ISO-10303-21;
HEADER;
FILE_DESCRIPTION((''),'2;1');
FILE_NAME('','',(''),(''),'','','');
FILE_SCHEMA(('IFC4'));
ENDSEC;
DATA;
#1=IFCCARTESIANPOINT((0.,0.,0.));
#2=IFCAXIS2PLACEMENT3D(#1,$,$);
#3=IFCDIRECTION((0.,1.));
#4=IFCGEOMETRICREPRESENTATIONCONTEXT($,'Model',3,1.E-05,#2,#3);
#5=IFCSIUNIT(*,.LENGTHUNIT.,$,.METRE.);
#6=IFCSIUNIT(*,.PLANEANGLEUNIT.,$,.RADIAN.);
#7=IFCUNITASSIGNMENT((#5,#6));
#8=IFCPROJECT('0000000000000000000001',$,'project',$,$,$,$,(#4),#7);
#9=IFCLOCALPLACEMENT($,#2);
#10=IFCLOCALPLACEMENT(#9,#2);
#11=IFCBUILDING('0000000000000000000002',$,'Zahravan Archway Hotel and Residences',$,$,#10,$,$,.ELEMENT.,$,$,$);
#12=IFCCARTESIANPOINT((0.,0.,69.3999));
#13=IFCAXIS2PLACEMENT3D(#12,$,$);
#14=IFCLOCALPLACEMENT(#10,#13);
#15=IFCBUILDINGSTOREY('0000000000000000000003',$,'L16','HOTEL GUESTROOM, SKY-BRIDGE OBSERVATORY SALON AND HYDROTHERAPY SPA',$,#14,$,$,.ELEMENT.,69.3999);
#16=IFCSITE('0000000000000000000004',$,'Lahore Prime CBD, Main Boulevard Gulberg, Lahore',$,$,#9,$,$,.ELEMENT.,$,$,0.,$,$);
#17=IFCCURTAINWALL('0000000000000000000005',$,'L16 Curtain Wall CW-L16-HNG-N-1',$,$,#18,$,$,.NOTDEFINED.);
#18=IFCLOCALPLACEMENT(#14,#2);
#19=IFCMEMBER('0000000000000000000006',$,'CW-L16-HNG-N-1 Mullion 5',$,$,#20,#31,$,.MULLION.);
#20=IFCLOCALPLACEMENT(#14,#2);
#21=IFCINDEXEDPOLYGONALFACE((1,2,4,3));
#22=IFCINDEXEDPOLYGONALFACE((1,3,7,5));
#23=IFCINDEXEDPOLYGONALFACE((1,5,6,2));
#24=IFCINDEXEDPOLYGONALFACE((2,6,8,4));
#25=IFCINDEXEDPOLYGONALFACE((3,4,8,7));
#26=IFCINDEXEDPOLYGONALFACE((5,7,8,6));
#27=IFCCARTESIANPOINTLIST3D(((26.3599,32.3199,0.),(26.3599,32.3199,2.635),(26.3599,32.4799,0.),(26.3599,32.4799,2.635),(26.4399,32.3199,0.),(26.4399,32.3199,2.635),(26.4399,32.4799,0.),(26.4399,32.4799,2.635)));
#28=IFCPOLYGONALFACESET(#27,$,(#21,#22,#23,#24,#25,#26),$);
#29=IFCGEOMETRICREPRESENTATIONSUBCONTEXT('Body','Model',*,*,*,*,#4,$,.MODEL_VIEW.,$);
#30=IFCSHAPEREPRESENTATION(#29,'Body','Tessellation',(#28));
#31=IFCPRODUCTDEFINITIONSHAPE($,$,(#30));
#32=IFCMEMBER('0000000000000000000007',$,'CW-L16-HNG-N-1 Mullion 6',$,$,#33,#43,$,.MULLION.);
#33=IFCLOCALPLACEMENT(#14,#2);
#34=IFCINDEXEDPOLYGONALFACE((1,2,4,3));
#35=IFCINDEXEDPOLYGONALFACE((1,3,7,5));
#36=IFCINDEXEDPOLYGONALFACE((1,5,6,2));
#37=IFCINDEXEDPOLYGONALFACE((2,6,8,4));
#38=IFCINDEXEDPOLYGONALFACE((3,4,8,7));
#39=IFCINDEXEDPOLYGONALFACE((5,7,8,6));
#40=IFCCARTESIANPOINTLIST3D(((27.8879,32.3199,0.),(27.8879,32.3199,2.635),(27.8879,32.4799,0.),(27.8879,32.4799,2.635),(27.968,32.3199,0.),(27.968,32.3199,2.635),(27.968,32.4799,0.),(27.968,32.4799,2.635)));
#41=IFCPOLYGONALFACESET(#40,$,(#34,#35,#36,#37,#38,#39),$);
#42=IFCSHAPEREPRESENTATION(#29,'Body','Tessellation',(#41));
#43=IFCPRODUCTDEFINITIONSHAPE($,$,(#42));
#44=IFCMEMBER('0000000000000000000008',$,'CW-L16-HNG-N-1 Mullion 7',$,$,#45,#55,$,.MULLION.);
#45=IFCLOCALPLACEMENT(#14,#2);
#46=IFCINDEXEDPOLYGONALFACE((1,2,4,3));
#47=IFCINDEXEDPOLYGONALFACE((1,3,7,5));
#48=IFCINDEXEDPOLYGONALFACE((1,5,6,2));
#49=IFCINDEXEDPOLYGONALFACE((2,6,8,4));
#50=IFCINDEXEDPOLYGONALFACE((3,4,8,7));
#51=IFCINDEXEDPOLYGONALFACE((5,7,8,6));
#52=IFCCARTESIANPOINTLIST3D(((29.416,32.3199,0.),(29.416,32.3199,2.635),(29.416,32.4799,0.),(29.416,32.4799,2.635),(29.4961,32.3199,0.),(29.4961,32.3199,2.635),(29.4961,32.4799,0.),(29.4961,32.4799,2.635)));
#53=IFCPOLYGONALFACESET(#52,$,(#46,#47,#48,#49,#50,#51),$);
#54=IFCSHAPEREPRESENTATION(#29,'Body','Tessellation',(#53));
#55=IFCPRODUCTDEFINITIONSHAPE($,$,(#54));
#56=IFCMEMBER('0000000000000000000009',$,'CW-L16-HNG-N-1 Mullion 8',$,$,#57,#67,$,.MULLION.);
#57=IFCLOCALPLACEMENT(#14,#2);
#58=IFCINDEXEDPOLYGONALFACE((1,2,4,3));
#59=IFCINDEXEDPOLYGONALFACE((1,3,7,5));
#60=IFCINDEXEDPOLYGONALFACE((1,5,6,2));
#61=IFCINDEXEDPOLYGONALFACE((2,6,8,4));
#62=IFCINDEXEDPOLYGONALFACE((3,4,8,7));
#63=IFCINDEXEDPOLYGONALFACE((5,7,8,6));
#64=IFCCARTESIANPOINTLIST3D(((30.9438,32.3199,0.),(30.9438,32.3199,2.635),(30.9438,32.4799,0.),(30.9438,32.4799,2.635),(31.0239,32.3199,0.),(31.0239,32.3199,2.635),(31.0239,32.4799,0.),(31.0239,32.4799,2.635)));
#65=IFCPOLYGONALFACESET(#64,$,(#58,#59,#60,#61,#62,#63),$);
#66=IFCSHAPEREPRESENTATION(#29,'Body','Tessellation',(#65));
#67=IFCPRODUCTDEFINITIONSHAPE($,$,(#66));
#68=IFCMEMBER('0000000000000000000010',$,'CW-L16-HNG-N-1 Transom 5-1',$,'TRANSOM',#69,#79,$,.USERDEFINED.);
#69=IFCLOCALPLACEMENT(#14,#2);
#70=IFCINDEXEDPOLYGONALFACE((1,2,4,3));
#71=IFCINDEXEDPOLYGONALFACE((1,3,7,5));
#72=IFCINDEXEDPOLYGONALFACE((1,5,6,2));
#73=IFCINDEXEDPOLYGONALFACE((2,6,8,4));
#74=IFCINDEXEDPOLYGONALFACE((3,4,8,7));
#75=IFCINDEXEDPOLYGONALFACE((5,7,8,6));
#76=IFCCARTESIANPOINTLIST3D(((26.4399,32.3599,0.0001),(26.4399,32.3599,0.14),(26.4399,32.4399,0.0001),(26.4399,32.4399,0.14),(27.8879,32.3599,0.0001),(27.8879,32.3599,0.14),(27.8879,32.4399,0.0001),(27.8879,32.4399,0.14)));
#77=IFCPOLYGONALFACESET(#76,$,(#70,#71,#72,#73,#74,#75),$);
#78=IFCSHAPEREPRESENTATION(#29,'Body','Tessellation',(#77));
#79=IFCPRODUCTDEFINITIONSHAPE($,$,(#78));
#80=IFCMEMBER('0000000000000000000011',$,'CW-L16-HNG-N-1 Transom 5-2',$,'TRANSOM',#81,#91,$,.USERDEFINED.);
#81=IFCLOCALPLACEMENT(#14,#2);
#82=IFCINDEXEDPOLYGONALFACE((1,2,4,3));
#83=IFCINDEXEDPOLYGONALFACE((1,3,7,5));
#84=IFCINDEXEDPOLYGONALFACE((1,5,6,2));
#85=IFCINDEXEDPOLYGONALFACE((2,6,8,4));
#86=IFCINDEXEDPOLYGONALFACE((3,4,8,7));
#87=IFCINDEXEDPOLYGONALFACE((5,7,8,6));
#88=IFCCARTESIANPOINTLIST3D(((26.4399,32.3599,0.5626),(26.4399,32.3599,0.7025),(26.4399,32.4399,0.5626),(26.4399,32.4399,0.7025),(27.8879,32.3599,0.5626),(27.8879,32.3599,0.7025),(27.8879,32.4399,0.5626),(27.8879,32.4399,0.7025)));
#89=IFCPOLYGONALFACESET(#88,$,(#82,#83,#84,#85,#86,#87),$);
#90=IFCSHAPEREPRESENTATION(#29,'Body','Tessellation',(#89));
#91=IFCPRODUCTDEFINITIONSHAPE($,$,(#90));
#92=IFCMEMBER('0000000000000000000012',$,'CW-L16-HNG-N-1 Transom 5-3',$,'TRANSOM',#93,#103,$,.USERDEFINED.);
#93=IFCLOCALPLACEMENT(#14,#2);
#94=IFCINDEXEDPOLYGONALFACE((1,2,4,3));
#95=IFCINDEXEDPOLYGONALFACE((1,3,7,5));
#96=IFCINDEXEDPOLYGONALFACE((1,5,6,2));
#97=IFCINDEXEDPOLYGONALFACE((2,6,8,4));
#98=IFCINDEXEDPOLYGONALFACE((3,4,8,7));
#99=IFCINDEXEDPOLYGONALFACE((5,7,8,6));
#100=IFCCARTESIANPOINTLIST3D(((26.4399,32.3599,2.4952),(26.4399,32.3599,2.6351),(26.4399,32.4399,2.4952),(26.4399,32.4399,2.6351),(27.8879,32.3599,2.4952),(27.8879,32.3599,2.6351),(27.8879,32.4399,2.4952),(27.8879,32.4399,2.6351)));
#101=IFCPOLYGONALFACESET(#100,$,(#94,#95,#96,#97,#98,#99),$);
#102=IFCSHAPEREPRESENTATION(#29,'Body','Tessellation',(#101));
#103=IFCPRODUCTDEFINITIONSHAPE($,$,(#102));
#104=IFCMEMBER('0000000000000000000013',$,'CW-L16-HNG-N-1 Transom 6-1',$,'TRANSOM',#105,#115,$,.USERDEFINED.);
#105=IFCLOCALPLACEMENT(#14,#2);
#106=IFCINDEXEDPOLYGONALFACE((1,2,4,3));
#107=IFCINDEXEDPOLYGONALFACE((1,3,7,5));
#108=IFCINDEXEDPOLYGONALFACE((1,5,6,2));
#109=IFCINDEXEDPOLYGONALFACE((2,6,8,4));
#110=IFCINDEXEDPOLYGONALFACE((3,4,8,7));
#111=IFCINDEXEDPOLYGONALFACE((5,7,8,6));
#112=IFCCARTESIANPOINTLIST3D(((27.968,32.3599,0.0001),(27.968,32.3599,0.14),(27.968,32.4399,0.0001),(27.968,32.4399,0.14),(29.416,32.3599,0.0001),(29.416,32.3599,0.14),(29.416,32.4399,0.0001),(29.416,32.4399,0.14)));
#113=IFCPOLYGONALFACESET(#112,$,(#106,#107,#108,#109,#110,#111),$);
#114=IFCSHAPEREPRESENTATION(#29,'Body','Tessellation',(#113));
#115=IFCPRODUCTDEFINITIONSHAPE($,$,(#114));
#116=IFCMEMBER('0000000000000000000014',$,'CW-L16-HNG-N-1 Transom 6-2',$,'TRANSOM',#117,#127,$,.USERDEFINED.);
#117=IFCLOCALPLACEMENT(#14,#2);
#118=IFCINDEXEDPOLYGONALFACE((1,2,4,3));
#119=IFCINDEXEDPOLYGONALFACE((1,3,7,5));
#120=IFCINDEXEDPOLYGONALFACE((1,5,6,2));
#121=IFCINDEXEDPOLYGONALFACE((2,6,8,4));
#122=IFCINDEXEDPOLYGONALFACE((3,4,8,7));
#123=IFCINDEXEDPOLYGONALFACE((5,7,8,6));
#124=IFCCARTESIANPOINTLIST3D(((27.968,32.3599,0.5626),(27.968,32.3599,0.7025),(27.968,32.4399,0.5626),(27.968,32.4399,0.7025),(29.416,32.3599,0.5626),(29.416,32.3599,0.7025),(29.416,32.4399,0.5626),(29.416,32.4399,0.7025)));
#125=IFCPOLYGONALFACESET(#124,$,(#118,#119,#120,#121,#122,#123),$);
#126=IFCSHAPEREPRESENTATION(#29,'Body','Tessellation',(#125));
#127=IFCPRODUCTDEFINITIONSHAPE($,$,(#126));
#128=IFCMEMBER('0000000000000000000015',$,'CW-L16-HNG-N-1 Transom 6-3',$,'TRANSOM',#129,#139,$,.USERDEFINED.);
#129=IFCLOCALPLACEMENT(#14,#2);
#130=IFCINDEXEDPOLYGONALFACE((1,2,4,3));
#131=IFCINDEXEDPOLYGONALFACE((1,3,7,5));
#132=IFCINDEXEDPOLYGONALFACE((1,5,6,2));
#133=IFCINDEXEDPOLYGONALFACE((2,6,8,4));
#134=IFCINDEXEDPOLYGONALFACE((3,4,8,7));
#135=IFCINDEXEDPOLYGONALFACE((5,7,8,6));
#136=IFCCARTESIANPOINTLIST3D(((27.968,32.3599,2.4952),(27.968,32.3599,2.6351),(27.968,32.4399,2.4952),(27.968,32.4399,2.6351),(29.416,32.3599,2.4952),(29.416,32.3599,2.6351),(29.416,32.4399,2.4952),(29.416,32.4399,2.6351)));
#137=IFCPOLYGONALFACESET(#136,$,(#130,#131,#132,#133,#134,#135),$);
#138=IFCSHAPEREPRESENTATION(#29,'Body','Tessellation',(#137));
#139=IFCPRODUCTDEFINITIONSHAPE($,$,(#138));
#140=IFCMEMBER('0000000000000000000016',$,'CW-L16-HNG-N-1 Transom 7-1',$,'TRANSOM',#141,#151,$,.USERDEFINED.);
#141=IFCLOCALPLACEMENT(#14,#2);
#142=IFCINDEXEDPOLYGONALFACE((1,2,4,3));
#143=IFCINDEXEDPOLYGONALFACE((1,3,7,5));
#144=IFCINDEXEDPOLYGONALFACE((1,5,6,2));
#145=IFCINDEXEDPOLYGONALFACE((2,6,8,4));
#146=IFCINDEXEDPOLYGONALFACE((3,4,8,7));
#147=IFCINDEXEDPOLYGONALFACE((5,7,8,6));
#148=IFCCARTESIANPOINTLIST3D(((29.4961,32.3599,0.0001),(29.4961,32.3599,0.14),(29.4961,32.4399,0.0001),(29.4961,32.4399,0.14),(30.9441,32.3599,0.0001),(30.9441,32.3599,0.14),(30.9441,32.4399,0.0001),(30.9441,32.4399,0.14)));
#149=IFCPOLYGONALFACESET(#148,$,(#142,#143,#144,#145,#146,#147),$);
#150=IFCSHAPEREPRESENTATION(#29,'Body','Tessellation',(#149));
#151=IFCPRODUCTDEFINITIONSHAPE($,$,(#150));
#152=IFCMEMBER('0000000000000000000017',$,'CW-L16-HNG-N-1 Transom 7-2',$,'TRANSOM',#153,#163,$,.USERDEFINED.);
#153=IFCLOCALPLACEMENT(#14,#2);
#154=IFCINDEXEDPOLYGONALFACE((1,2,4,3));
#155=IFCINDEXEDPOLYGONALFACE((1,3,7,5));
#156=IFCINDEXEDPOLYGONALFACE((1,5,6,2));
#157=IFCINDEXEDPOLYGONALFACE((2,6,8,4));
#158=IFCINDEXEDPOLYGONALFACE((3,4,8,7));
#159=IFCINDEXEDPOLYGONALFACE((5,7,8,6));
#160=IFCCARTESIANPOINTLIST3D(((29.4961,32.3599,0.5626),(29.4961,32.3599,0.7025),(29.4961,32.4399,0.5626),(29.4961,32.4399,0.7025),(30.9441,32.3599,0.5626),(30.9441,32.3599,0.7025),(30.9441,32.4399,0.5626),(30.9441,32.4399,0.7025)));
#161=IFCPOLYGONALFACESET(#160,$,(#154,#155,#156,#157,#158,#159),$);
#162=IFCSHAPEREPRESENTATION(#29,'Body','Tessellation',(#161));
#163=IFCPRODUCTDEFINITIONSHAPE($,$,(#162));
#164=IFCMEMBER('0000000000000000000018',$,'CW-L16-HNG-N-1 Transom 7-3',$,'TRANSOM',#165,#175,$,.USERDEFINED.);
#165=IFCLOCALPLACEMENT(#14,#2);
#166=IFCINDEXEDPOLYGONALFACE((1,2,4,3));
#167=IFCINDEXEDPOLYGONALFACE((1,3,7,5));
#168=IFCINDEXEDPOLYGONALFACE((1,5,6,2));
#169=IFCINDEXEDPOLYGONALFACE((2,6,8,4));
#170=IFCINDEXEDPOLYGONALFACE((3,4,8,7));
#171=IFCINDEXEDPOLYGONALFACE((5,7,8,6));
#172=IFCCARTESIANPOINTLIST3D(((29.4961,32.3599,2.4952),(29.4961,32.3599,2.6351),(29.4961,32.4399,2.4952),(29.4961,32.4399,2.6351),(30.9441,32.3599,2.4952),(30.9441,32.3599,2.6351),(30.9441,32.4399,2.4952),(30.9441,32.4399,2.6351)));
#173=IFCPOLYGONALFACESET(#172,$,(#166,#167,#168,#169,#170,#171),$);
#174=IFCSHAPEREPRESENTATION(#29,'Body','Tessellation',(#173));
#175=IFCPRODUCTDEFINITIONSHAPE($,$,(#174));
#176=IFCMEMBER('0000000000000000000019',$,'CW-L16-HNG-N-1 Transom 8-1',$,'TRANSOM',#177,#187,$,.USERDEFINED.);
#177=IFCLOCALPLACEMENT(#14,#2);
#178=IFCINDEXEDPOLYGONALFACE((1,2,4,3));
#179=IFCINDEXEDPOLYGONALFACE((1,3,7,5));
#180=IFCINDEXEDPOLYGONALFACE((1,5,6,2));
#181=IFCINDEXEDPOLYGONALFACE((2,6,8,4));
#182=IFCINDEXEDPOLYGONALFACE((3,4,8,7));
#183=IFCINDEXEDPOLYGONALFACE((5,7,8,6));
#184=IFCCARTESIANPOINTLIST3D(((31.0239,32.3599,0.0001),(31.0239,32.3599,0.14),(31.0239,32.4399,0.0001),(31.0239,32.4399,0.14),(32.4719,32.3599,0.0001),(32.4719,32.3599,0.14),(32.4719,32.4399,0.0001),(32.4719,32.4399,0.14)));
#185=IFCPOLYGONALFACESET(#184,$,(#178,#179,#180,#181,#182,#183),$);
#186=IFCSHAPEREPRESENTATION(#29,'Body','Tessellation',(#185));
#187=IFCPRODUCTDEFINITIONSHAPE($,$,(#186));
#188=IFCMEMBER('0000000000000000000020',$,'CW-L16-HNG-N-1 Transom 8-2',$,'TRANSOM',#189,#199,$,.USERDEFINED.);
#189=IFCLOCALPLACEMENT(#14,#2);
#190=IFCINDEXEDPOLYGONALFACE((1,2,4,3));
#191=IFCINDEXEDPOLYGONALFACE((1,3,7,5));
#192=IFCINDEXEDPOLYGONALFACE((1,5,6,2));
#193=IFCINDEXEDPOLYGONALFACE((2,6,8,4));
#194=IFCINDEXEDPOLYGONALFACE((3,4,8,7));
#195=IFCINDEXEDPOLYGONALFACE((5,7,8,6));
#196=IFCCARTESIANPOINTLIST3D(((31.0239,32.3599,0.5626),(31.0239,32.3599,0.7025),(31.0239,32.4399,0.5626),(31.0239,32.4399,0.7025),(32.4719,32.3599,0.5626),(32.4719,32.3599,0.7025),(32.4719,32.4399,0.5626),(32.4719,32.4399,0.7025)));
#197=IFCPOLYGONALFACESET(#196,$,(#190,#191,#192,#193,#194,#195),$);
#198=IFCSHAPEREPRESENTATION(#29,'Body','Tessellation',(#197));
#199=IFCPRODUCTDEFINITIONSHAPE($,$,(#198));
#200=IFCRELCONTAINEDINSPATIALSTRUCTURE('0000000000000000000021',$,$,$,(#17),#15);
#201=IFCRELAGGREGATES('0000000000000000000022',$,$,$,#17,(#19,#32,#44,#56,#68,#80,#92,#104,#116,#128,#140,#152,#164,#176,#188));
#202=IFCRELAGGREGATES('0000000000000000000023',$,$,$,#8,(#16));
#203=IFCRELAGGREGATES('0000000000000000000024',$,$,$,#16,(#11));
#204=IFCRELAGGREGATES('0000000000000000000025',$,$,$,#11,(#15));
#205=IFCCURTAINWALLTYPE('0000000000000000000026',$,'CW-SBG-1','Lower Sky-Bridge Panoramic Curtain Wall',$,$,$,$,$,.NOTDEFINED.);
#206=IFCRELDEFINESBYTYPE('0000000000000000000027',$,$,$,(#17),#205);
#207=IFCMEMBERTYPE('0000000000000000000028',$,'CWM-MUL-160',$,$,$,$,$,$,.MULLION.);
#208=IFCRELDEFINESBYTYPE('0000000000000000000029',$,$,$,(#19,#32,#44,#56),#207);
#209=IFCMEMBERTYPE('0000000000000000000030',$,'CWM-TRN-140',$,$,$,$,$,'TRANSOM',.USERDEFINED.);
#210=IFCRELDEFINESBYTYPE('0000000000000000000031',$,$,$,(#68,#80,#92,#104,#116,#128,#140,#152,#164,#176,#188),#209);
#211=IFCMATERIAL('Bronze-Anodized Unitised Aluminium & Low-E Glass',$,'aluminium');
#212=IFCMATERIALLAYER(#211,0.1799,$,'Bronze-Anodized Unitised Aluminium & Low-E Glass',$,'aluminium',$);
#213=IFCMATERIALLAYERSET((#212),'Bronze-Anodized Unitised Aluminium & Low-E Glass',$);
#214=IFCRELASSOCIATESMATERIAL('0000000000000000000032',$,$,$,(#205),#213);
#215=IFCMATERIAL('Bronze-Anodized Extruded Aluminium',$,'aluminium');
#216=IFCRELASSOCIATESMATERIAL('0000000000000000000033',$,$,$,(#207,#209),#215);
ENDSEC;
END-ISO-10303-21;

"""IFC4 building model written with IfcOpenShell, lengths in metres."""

from ifc_helpers import new_model, si_unit, direction, frame, origin, origin_2d, place, context, subcontext, project, spatial, rectangle, extrude, source, transform, mapped, material, layer, layer_set, material_profile, profile_set, type_object, element, aggregate, save


model = new_model("IFC4")

# Units and contexts
model_context = context("Model", 3, precision=1e-05, world=origin(), true_north=direction((0.0, 1.0)))
body_context = subcontext(model_context, "Body", "Model", "MODEL_VIEW")
ifc_project = project(units=[si_unit("LENGTHUNIT", "METRE"), si_unit("PLANEANGLEUNIT", "RADIAN")], contexts=[model_context])

# Site, building, storey
site_placement = place(None, origin())
site = spatial("IfcSite", under=ifc_project, at=site_placement, Name="Lahore Prime CBD, Main Boulevard Gulberg, Lahore", CompositionType="ELEMENT", RefElevation=0.0)
building_placement = place(site_placement, origin())
building = spatial("IfcBuilding", under=site, at=building_placement, Name="Zahravan Archway Hotel and Residences", CompositionType="ELEMENT")
storey_placement = place(building_placement, frame((0.0, 0.0, 69.3999)))
storey = spatial("IfcBuildingStorey", under=building, at=storey_placement, Name="L16", Description="HOTEL GUESTROOM, SKY-BRIDGE OBSERVATORY SALON AND HYDROTHERAPY SPA", CompositionType="ELEMENT", Elevation=69.3999)

# Curtain wall, members
ifc_material_1 = material(Name="Bronze-Anodized Unitised Aluminium & Low-E Glass", Category="aluminium")
ifc_layer_1 = layer(ifc_material_1, 0.1799, Name="Bronze-Anodized Unitised Aluminium & Low-E Glass", Category="aluminium")
ifc_layer_set_1 = layer_set([ifc_layer_1], Name="Bronze-Anodized Unitised Aluminium & Low-E Glass")
curtain_wall_type = type_object("IfcCurtainWallType", Name="CW-SBG-1", Description="Lower Sky-Bridge Panoramic Curtain Wall", PredefinedType="NOTDEFINED", material=ifc_layer_set_1)
curtain_wall_placement = place(storey_placement, origin())
curtain_wall = element("IfcCurtainWall", 1, at=curtain_wall_placement, inside=storey, type_object=curtain_wall_type, Name="L16 Curtain Wall CW-L16-HNG-N-1", PredefinedType="NOTDEFINED")
ifc_material_2 = material(Name="Bronze-Anodized Extruded Aluminium", Category="aluminium")
ifc_material_profile_1 = material_profile(ifc_material_2, rectangle(XDim=0.0801, YDim=0.1599, at=origin_2d()), Name="MUL 80x160", Category="aluminium")
ifc_profile_set_1 = profile_set([ifc_material_profile_1], Name="Bronze-Anodized Extruded Aluminium")
member_type_1 = type_object("IfcMemberType", Name="CWM-MUL-160", PredefinedType="MULLION", material=ifc_profile_set_1)
shared_shape_1 = source(origin(), body_context, "Body", "SweptSolid", [
    extrude(rectangle(XDim=0.0801, YDim=0.1599, at=origin_2d()), origin(), (0.0, 0.0, 1.0), 2.635),
])
member_1_placement = place(storey_placement, frame((26.3999, 32.3999, 0.0), z_axis=(0.0, 0.0, 1.0), x_axis=(1.0, 0.0, 0.0)))
member_1 = element("IfcMember", 2, at=member_1_placement, type_object=member_type_1, Name="CW-L16-HNG-N-1 Mullion 5", PredefinedType="MULLION", context=body_context, shape_type="MappedRepresentation", body=[
    mapped(shared_shape_1, transform((0.0, 0.0, 0.0), scale=1.0)),
])
member_2_placement = place(storey_placement, frame((27.928, 32.3999, 0.0), z_axis=(0.0, 0.0, 1.0), x_axis=(1.0, 0.0, 0.0)))
member_2 = element("IfcMember", 3, at=member_2_placement, type_object=member_type_1, Name="CW-L16-HNG-N-1 Mullion 6", PredefinedType="MULLION", context=body_context, shape_type="MappedRepresentation", body=[
    mapped(shared_shape_1, transform((0.0, 0.0, 0.0), scale=1.0)),
])
member_3_placement = place(storey_placement, frame((29.4561, 32.3999, 0.0), z_axis=(0.0, 0.0, 1.0), x_axis=(1.0, 0.0, 0.0)))
member_3 = element("IfcMember", 4, at=member_3_placement, type_object=member_type_1, Name="CW-L16-HNG-N-1 Mullion 7", PredefinedType="MULLION", context=body_context, shape_type="MappedRepresentation", body=[
    mapped(shared_shape_1, transform((0.0, 0.0, 0.0), scale=1.0)),
])
member_4_placement = place(storey_placement, frame((30.9839, 32.3999, 0.0), z_axis=(0.0, 0.0, 1.0), x_axis=(1.0, 0.0, 0.0)))
member_4 = element("IfcMember", 5, at=member_4_placement, type_object=member_type_1, Name="CW-L16-HNG-N-1 Mullion 8", PredefinedType="MULLION", context=body_context, shape_type="MappedRepresentation", body=[
    mapped(shared_shape_1, transform((0.0, 0.0, 0.0), scale=1.0)),
])
ifc_material_profile_2 = material_profile(ifc_material_2, rectangle(XDim=0.0801, YDim=0.1399, at=origin_2d()), Name="TRN 80x140", Category="aluminium")
ifc_profile_set_2 = profile_set([ifc_material_profile_2], Name="Bronze-Anodized Extruded Aluminium")
member_type_2 = type_object("IfcMemberType", Name="CWM-TRN-140", ElementType="TRANSOM", PredefinedType="USERDEFINED", material=ifc_profile_set_2)
shared_shape_2 = source(origin(), body_context, "Body", "SweptSolid", [
    extrude(rectangle(XDim=0.0801, YDim=0.1399, at=origin_2d()), origin(), (0.0, 0.0, 1.0), 1.448),
])
member_5_placement = place(storey_placement, frame((26.4399, 32.3999, 0.0701), z_axis=(1.0, 0.0, 0.0), x_axis=(0.0, 1.0, 0.0)))
member_5 = element("IfcMember", 6, at=member_5_placement, type_object=member_type_2, Name="CW-L16-HNG-N-1 Transom 5-1", ObjectType="TRANSOM", PredefinedType="USERDEFINED", context=body_context, shape_type="MappedRepresentation", body=[
    mapped(shared_shape_2, transform((0.0, 0.0, 0.0), scale=1.0)),
])
member_6_placement = place(storey_placement, frame((26.4399, 32.3999, 0.6326), z_axis=(1.0, 0.0, 0.0), x_axis=(0.0, 1.0, 0.0)))
member_6 = element("IfcMember", 7, at=member_6_placement, type_object=member_type_2, Name="CW-L16-HNG-N-1 Transom 5-2", ObjectType="TRANSOM", PredefinedType="USERDEFINED", context=body_context, shape_type="MappedRepresentation", body=[
    mapped(shared_shape_2, transform((0.0, 0.0, 0.0), scale=1.0)),
])
member_7_placement = place(storey_placement, frame((26.4399, 32.3999, 2.5652), z_axis=(1.0, 0.0, 0.0), x_axis=(0.0, 1.0, 0.0)))
member_7 = element("IfcMember", 8, at=member_7_placement, type_object=member_type_2, Name="CW-L16-HNG-N-1 Transom 5-3", ObjectType="TRANSOM", PredefinedType="USERDEFINED", context=body_context, shape_type="MappedRepresentation", body=[
    mapped(shared_shape_2, transform((0.0, 0.0, 0.0), scale=1.0)),
])
member_8_placement = place(storey_placement, frame((27.968, 32.3999, 0.0701), z_axis=(1.0, 0.0, 0.0), x_axis=(0.0, 1.0, 0.0)))
member_8 = element("IfcMember", 9, at=member_8_placement, type_object=member_type_2, Name="CW-L16-HNG-N-1 Transom 6-1", ObjectType="TRANSOM", PredefinedType="USERDEFINED", context=body_context, shape_type="MappedRepresentation", body=[
    mapped(shared_shape_2, transform((0.0, 0.0, 0.0), scale=1.0)),
])
member_9_placement = place(storey_placement, frame((27.968, 32.3999, 0.6326), z_axis=(1.0, 0.0, 0.0), x_axis=(0.0, 1.0, 0.0)))
member_9 = element("IfcMember", 10, at=member_9_placement, type_object=member_type_2, Name="CW-L16-HNG-N-1 Transom 6-2", ObjectType="TRANSOM", PredefinedType="USERDEFINED", context=body_context, shape_type="MappedRepresentation", body=[
    mapped(shared_shape_2, transform((0.0, 0.0, 0.0), scale=1.0)),
])
member_10_placement = place(storey_placement, frame((27.968, 32.3999, 2.5652), z_axis=(1.0, 0.0, 0.0), x_axis=(0.0, 1.0, 0.0)))
member_10 = element("IfcMember", 11, at=member_10_placement, type_object=member_type_2, Name="CW-L16-HNG-N-1 Transom 6-3", ObjectType="TRANSOM", PredefinedType="USERDEFINED", context=body_context, shape_type="MappedRepresentation", body=[
    mapped(shared_shape_2, transform((0.0, 0.0, 0.0), scale=1.0)),
])
member_11_placement = place(storey_placement, frame((29.4961, 32.3999, 0.0701), z_axis=(1.0, 0.0, 0.0), x_axis=(0.0, 1.0, 0.0)))
member_11 = element("IfcMember", 12, at=member_11_placement, type_object=member_type_2, Name="CW-L16-HNG-N-1 Transom 7-1", ObjectType="TRANSOM", PredefinedType="USERDEFINED", context=body_context, shape_type="MappedRepresentation", body=[
    mapped(shared_shape_2, transform((0.0, 0.0, 0.0), scale=1.0)),
])
member_12_placement = place(storey_placement, frame((29.4961, 32.3999, 0.6326), z_axis=(1.0, 0.0, 0.0), x_axis=(0.0, 1.0, 0.0)))
member_12 = element("IfcMember", 13, at=member_12_placement, type_object=member_type_2, Name="CW-L16-HNG-N-1 Transom 7-2", ObjectType="TRANSOM", PredefinedType="USERDEFINED", context=body_context, shape_type="MappedRepresentation", body=[
    mapped(shared_shape_2, transform((0.0, 0.0, 0.0), scale=1.0)),
])
member_13_placement = place(storey_placement, frame((29.4961, 32.3999, 2.5652), z_axis=(1.0, 0.0, 0.0), x_axis=(0.0, 1.0, 0.0)))
member_13 = element("IfcMember", 14, at=member_13_placement, type_object=member_type_2, Name="CW-L16-HNG-N-1 Transom 7-3", ObjectType="TRANSOM", PredefinedType="USERDEFINED", context=body_context, shape_type="MappedRepresentation", body=[
    mapped(shared_shape_2, transform((0.0, 0.0, 0.0), scale=1.0)),
])
member_14_placement = place(storey_placement, frame((31.0239, 32.3999, 0.0701), z_axis=(1.0, 0.0, 0.0), x_axis=(0.0, 1.0, 0.0)))
member_14 = element("IfcMember", 15, at=member_14_placement, type_object=member_type_2, Name="CW-L16-HNG-N-1 Transom 8-1", ObjectType="TRANSOM", PredefinedType="USERDEFINED", context=body_context, shape_type="MappedRepresentation", body=[
    mapped(shared_shape_2, transform((0.0, 0.0, 0.0), scale=1.0)),
])
member_15_placement = place(storey_placement, frame((31.0239, 32.3999, 0.6326), z_axis=(1.0, 0.0, 0.0), x_axis=(0.0, 1.0, 0.0)))
member_15 = element("IfcMember", 16, at=member_15_placement, type_object=member_type_2, Name="CW-L16-HNG-N-1 Transom 8-2", ObjectType="TRANSOM", PredefinedType="USERDEFINED", context=body_context, shape_type="MappedRepresentation", body=[
    mapped(shared_shape_2, transform((0.0, 0.0, 0.0), scale=1.0)),
])
aggregate(curtain_wall, [member_1, member_2, member_3, member_4, member_5, member_6, member_7, member_8, member_9, member_10, member_11, member_12, member_13, member_14, member_15])

save(model, "model.ifc")
